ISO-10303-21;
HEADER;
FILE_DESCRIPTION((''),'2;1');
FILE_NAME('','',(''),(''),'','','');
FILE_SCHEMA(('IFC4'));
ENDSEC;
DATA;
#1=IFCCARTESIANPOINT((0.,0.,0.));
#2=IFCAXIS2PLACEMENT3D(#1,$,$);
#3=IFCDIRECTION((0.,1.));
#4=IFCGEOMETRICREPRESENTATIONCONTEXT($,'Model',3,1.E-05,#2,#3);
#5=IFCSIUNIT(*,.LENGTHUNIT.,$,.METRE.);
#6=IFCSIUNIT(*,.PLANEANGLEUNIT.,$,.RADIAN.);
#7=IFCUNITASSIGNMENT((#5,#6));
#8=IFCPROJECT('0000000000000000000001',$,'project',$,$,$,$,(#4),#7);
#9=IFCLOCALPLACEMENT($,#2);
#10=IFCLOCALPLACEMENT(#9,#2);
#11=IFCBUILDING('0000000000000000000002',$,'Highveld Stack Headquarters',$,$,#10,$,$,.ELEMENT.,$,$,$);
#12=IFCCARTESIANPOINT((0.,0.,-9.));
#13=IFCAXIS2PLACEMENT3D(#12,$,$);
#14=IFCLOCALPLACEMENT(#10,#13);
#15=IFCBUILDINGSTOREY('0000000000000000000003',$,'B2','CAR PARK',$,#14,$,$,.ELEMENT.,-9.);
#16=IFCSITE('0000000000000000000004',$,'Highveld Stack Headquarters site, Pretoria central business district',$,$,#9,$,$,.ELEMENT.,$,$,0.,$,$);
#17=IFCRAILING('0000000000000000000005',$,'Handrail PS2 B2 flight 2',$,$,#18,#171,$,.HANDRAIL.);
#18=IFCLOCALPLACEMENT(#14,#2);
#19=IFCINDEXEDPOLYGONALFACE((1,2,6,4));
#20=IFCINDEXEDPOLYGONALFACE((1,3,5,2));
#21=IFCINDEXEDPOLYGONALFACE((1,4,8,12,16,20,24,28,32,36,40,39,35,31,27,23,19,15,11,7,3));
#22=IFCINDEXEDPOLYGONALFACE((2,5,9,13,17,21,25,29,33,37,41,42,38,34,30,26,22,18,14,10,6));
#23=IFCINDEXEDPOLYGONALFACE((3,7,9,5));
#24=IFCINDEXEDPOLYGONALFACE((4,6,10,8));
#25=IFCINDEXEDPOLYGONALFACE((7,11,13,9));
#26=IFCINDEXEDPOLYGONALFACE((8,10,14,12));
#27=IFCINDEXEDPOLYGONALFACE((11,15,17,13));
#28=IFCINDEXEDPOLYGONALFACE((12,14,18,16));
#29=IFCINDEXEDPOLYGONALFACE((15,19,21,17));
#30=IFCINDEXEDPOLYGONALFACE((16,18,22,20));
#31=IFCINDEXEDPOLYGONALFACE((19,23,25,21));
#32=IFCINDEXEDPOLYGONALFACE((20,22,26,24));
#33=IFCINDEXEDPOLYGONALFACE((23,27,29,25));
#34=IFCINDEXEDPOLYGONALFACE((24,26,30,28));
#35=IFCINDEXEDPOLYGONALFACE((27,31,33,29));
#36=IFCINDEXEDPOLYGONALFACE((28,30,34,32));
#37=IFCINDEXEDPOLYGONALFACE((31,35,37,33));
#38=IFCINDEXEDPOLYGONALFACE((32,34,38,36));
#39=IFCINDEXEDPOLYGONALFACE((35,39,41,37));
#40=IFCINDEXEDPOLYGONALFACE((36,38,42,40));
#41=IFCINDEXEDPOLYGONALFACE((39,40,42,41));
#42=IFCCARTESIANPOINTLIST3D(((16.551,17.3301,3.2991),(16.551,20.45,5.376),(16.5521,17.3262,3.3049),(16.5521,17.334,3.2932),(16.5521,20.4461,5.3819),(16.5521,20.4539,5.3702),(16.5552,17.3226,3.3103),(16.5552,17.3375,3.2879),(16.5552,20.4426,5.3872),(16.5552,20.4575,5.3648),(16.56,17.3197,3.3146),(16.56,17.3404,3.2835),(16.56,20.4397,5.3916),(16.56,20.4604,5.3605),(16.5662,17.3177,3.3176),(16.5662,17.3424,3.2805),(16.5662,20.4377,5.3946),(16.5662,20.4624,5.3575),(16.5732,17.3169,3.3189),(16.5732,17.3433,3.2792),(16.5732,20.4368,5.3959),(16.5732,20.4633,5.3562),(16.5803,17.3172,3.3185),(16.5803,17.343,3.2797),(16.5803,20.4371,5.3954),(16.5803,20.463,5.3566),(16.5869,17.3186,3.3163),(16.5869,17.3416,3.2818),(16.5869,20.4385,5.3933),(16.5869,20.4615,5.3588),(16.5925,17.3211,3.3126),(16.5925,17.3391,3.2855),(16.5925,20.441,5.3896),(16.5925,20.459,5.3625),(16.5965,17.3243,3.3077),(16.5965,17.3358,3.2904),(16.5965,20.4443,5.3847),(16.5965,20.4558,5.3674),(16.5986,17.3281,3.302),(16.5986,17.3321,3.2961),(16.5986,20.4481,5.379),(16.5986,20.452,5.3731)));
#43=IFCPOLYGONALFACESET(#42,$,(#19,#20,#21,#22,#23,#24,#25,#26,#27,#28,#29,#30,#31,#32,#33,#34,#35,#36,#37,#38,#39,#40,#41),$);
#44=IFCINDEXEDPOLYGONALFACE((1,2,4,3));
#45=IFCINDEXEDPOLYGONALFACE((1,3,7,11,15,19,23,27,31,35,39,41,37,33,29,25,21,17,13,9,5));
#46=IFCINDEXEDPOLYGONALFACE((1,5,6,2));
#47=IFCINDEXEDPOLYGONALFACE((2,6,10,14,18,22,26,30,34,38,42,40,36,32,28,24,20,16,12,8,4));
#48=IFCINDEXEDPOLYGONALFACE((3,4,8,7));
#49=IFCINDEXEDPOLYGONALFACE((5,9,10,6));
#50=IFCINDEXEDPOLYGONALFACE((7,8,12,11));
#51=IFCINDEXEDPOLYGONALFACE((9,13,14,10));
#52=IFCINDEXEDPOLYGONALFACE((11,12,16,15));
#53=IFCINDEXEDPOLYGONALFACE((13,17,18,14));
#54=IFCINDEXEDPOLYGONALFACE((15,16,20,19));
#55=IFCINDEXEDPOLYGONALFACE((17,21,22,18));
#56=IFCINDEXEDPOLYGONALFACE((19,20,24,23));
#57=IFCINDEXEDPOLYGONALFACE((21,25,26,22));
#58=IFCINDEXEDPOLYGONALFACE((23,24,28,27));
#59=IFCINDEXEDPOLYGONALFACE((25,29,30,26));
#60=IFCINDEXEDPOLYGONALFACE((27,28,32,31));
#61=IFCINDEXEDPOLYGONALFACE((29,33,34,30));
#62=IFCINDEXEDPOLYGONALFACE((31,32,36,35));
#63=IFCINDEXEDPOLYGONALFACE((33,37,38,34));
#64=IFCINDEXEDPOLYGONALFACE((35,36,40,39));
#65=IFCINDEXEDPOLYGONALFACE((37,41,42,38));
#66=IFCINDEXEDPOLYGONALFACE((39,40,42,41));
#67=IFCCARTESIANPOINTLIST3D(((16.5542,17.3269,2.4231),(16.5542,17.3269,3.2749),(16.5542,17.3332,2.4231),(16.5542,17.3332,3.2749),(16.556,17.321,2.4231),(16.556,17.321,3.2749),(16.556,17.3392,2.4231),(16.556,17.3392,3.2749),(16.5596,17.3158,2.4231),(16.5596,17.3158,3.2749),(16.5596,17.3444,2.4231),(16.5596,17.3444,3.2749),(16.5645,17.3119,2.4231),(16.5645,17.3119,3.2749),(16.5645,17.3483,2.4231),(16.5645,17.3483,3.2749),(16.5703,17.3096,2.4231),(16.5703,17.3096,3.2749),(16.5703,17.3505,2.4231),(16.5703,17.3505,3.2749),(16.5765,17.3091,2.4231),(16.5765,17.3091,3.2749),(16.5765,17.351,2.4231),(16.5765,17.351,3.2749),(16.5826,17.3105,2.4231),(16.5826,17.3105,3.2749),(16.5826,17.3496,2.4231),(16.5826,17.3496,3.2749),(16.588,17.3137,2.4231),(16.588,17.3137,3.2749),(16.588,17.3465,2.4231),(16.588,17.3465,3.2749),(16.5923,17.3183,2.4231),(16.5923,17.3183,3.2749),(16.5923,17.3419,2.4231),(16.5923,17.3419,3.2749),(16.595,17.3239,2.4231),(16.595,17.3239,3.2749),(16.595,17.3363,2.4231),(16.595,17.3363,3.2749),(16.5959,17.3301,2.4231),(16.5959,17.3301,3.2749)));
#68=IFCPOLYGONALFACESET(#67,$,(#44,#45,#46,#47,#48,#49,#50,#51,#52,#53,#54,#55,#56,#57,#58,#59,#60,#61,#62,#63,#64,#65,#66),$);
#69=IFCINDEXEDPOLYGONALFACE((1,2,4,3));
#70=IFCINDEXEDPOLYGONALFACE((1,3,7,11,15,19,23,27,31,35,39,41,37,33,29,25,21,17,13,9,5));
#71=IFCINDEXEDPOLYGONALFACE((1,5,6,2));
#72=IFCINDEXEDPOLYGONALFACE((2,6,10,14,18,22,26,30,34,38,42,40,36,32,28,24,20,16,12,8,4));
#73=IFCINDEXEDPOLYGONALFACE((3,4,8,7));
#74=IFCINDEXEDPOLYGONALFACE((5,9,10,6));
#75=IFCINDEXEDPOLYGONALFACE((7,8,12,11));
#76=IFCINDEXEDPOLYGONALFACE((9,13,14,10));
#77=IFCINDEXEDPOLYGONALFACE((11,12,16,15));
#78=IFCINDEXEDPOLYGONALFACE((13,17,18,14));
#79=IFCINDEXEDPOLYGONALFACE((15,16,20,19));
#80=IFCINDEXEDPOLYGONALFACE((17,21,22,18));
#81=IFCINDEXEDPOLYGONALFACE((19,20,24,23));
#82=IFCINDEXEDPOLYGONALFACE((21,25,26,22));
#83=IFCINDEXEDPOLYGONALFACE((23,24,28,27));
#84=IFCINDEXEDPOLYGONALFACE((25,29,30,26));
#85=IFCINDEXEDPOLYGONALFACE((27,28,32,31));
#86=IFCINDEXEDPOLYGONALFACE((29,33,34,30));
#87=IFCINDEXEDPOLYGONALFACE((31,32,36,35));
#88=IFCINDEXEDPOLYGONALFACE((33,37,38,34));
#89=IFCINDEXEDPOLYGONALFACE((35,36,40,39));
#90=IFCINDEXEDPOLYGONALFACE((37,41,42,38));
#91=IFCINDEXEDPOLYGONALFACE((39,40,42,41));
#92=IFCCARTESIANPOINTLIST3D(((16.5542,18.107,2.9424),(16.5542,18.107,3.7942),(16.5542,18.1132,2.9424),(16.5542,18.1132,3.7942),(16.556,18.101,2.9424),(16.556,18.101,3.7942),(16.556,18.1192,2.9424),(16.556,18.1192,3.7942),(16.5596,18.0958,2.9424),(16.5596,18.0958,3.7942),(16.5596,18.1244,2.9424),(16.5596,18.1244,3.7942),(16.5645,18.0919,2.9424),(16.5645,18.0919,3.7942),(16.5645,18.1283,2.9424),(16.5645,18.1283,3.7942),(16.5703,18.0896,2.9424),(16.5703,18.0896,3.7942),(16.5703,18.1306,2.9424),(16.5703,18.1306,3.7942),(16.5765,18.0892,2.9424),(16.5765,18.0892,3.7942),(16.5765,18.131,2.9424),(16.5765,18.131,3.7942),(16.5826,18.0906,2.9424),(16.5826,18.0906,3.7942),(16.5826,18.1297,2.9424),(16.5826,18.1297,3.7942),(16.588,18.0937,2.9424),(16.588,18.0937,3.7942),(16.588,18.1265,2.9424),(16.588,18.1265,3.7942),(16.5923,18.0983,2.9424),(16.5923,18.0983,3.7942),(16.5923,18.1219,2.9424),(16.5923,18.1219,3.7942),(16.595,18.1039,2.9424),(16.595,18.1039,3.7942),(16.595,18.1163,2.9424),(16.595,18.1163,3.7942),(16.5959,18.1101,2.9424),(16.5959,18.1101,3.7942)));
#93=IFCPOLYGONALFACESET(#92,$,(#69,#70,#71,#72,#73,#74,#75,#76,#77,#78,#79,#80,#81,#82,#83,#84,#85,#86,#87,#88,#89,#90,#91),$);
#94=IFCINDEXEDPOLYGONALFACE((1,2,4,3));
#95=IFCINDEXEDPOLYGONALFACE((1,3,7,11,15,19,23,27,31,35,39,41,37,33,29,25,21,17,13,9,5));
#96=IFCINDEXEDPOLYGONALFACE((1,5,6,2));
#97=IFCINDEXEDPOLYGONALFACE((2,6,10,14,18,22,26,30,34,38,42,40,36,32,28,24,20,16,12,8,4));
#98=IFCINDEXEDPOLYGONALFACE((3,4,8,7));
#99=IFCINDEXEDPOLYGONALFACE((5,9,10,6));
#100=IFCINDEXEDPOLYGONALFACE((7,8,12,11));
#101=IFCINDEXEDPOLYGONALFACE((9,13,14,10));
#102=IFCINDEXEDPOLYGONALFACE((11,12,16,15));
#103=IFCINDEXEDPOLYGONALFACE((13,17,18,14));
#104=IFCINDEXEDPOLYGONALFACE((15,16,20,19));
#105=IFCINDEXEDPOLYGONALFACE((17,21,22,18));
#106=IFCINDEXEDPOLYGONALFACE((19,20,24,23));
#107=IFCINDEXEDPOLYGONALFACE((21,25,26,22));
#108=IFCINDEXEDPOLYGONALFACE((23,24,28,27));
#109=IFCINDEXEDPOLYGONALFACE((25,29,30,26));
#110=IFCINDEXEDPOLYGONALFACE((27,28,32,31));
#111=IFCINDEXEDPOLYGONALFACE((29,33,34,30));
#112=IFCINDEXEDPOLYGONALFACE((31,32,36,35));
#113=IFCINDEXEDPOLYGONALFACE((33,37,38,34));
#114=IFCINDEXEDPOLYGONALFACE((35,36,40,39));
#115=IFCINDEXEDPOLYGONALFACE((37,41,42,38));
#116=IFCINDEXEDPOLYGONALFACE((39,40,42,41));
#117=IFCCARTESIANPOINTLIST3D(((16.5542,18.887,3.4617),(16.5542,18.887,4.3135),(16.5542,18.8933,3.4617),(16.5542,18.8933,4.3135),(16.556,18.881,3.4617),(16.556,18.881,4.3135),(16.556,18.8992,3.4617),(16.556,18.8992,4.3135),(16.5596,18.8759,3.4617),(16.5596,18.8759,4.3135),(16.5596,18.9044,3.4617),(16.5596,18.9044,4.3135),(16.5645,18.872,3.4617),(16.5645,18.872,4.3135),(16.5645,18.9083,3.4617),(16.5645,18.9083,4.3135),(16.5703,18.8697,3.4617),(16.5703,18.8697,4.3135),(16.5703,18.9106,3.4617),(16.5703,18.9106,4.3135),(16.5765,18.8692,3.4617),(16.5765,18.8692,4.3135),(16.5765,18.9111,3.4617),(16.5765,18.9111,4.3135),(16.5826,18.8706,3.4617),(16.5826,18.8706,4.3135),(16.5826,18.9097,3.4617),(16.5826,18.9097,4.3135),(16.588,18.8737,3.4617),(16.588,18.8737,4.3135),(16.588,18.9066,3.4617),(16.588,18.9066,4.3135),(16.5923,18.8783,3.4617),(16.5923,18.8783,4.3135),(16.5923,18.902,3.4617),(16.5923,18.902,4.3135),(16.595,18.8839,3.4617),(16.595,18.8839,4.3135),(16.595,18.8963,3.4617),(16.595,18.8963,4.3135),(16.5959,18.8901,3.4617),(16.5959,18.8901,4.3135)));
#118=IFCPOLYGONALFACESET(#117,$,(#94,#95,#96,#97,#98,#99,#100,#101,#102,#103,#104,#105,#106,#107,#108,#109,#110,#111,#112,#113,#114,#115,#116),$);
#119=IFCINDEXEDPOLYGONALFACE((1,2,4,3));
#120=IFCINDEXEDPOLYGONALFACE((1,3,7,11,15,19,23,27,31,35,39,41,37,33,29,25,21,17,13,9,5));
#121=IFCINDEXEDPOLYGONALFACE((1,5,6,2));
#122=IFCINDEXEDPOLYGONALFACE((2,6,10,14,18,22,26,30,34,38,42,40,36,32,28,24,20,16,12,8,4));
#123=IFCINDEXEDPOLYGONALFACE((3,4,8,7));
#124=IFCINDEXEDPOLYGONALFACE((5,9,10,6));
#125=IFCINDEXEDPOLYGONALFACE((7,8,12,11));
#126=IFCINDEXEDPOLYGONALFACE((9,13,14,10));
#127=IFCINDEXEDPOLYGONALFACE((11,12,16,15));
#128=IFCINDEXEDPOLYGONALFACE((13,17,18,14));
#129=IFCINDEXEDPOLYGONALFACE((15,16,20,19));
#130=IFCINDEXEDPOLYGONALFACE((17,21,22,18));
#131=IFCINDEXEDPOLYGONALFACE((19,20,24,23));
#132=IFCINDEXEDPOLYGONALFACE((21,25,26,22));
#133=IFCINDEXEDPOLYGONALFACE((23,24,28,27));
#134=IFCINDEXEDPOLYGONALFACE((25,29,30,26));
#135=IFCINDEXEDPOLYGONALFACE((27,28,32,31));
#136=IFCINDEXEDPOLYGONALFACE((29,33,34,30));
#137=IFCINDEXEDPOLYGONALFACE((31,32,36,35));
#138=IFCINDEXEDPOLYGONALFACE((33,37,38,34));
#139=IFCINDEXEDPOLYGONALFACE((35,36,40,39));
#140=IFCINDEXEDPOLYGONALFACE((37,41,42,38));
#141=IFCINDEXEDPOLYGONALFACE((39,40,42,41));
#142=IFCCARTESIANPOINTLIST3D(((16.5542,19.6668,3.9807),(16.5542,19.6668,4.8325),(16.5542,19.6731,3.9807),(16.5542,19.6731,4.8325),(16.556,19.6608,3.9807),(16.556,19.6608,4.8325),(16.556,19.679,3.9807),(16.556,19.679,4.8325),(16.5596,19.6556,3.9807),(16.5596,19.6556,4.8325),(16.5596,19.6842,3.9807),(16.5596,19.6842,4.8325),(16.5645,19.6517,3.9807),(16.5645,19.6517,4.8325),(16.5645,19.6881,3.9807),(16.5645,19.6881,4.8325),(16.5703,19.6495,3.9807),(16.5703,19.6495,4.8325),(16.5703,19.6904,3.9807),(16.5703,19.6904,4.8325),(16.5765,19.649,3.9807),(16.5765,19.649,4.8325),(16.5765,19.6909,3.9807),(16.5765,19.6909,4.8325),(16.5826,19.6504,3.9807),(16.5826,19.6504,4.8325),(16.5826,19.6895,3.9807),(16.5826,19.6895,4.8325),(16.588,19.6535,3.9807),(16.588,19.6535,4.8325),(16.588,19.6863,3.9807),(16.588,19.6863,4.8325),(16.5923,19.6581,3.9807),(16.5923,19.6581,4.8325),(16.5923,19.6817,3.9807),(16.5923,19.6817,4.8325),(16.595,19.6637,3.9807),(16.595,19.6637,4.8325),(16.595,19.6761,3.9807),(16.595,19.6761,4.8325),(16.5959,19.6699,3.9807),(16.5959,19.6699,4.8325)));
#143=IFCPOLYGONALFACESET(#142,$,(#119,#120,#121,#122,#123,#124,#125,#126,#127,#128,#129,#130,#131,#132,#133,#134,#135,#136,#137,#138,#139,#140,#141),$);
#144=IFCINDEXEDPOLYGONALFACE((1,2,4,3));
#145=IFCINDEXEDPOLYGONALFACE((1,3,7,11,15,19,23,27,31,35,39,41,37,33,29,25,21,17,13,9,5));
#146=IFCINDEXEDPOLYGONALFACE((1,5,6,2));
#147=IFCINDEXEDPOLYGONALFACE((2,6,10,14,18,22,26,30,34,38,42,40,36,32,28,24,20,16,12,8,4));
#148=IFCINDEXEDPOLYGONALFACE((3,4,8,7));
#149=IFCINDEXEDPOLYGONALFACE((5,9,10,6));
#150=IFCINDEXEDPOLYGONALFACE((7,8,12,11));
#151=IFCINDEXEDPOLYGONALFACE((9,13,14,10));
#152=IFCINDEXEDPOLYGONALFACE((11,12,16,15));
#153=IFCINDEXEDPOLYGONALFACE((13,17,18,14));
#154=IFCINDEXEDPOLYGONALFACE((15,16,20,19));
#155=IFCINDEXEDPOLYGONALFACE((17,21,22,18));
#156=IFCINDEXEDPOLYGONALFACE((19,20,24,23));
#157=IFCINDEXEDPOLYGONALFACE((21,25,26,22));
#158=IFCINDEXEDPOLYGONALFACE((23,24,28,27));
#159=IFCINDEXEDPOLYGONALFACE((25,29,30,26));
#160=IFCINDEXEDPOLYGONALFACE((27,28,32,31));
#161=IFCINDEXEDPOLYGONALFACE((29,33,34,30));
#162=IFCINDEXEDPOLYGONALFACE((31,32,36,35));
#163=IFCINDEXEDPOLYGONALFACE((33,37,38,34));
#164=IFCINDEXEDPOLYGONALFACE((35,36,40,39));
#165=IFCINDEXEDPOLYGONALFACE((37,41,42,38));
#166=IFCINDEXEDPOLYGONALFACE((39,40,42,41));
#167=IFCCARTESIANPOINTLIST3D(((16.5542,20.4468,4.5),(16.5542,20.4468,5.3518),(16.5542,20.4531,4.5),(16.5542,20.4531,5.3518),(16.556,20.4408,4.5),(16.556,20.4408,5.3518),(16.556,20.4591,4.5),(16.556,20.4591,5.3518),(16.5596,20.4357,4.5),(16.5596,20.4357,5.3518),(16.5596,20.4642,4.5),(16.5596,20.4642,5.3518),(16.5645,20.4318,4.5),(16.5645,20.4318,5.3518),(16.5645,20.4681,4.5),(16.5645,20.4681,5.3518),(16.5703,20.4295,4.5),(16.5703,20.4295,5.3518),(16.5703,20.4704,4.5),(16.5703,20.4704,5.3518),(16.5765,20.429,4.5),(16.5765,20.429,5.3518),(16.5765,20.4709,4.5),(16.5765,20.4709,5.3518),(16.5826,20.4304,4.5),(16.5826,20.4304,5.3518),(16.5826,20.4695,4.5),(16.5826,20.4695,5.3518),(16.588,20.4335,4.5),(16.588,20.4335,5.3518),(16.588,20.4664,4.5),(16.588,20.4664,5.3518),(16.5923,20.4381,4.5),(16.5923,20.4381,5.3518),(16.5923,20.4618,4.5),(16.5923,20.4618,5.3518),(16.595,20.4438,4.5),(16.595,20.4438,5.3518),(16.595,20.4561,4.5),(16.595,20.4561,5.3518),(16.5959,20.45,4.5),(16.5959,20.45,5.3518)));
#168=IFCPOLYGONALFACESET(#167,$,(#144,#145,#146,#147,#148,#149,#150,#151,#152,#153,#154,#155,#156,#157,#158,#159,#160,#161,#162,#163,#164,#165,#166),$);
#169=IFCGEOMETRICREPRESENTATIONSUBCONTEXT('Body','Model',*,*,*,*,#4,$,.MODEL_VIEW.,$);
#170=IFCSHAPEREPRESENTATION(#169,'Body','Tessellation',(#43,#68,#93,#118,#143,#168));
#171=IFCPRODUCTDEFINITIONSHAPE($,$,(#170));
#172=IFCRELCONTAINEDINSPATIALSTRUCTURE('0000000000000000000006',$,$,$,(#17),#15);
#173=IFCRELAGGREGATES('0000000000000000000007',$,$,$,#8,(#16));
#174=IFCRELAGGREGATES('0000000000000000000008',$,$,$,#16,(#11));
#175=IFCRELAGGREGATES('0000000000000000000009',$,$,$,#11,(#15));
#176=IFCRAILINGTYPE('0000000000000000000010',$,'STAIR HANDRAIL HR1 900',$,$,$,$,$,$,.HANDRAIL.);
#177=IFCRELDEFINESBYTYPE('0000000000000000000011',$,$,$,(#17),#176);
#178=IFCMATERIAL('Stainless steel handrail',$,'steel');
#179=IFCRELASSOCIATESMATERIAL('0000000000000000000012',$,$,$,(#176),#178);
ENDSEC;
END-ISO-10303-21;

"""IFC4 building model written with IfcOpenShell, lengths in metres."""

from ifc_helpers import new_model, si_unit, direction, frame, origin, origin_2d, place, context, subcontext, project, spatial, circle, extrude, material, type_object, element, save


model = new_model("IFC4")

# Units and contexts
model_context = context("Model", 3, precision=1e-05, world=origin(), true_north=direction((0.0, 1.0)))
body_context = subcontext(model_context, "Body", "Model", "MODEL_VIEW")
ifc_project = project(units=[si_unit("LENGTHUNIT", "METRE"), si_unit("PLANEANGLEUNIT", "RADIAN")], contexts=[model_context])

# Site, building, storey
site_placement = place(None, origin())
site = spatial("IfcSite", under=ifc_project, at=site_placement, Name="Highveld Stack Headquarters site, Pretoria central business district", CompositionType="ELEMENT", RefElevation=0.0)
building_placement = place(site_placement, origin())
building = spatial("IfcBuilding", under=site, at=building_placement, Name="Highveld Stack Headquarters", CompositionType="ELEMENT")
storey_placement = place(building_placement, frame((0.0, 0.0, -9.0)))
storey = spatial("IfcBuildingStorey", under=building, at=storey_placement, Name="B2", Description="CAR PARK", CompositionType="ELEMENT", Elevation=-9.0)

# Railing
ifc_material_1 = material(Name="Stainless steel handrail", Category="steel")
railing_type = type_object("IfcRailingType", Name="STAIR HANDRAIL HR1 900", PredefinedType="HANDRAIL", material=ifc_material_1)
railing_placement = place(storey_placement, frame((16.575, 17.3301, 2.4231)))
element("IfcRailing", 1, at=railing_placement, inside=storey, type_object=railing_type, Name="Handrail PS2 B2 flight 2", PredefinedType="HANDRAIL", context=body_context, shape_type="SweptSolid", body=[
    extrude(circle(Radius=0.0239, at=origin_2d()), frame((0.0, 0.0, 0.876), z_axis=(0.0, 0.832421, 0.554144), x_axis=(-1.0, 0.0, 0.0)), (0.0, 0.0, 1.0), 3.748),
    extrude(circle(Radius=0.021, at=origin_2d()), origin(), (0.0, 0.0, 1.0), 0.8518),
    extrude(circle(Radius=0.021, at=origin_2d()), frame((0.0, 0.78, 0.5193)), (0.0, 0.0, 1.0), 0.8518),
    extrude(circle(Radius=0.021, at=origin_2d()), frame((0.0, 1.5601, 1.0386)), (0.0, 0.0, 1.0), 0.8518),
    extrude(circle(Radius=0.021, at=origin_2d()), frame((0.0, 2.3398, 1.5576)), (0.0, 0.0, 1.0), 0.8518),
    extrude(circle(Radius=0.021, at=origin_2d()), frame((0.0, 3.1199, 2.0769)), (0.0, 0.0, 1.0), 0.8518),
])

save(model, "model.ifc")
